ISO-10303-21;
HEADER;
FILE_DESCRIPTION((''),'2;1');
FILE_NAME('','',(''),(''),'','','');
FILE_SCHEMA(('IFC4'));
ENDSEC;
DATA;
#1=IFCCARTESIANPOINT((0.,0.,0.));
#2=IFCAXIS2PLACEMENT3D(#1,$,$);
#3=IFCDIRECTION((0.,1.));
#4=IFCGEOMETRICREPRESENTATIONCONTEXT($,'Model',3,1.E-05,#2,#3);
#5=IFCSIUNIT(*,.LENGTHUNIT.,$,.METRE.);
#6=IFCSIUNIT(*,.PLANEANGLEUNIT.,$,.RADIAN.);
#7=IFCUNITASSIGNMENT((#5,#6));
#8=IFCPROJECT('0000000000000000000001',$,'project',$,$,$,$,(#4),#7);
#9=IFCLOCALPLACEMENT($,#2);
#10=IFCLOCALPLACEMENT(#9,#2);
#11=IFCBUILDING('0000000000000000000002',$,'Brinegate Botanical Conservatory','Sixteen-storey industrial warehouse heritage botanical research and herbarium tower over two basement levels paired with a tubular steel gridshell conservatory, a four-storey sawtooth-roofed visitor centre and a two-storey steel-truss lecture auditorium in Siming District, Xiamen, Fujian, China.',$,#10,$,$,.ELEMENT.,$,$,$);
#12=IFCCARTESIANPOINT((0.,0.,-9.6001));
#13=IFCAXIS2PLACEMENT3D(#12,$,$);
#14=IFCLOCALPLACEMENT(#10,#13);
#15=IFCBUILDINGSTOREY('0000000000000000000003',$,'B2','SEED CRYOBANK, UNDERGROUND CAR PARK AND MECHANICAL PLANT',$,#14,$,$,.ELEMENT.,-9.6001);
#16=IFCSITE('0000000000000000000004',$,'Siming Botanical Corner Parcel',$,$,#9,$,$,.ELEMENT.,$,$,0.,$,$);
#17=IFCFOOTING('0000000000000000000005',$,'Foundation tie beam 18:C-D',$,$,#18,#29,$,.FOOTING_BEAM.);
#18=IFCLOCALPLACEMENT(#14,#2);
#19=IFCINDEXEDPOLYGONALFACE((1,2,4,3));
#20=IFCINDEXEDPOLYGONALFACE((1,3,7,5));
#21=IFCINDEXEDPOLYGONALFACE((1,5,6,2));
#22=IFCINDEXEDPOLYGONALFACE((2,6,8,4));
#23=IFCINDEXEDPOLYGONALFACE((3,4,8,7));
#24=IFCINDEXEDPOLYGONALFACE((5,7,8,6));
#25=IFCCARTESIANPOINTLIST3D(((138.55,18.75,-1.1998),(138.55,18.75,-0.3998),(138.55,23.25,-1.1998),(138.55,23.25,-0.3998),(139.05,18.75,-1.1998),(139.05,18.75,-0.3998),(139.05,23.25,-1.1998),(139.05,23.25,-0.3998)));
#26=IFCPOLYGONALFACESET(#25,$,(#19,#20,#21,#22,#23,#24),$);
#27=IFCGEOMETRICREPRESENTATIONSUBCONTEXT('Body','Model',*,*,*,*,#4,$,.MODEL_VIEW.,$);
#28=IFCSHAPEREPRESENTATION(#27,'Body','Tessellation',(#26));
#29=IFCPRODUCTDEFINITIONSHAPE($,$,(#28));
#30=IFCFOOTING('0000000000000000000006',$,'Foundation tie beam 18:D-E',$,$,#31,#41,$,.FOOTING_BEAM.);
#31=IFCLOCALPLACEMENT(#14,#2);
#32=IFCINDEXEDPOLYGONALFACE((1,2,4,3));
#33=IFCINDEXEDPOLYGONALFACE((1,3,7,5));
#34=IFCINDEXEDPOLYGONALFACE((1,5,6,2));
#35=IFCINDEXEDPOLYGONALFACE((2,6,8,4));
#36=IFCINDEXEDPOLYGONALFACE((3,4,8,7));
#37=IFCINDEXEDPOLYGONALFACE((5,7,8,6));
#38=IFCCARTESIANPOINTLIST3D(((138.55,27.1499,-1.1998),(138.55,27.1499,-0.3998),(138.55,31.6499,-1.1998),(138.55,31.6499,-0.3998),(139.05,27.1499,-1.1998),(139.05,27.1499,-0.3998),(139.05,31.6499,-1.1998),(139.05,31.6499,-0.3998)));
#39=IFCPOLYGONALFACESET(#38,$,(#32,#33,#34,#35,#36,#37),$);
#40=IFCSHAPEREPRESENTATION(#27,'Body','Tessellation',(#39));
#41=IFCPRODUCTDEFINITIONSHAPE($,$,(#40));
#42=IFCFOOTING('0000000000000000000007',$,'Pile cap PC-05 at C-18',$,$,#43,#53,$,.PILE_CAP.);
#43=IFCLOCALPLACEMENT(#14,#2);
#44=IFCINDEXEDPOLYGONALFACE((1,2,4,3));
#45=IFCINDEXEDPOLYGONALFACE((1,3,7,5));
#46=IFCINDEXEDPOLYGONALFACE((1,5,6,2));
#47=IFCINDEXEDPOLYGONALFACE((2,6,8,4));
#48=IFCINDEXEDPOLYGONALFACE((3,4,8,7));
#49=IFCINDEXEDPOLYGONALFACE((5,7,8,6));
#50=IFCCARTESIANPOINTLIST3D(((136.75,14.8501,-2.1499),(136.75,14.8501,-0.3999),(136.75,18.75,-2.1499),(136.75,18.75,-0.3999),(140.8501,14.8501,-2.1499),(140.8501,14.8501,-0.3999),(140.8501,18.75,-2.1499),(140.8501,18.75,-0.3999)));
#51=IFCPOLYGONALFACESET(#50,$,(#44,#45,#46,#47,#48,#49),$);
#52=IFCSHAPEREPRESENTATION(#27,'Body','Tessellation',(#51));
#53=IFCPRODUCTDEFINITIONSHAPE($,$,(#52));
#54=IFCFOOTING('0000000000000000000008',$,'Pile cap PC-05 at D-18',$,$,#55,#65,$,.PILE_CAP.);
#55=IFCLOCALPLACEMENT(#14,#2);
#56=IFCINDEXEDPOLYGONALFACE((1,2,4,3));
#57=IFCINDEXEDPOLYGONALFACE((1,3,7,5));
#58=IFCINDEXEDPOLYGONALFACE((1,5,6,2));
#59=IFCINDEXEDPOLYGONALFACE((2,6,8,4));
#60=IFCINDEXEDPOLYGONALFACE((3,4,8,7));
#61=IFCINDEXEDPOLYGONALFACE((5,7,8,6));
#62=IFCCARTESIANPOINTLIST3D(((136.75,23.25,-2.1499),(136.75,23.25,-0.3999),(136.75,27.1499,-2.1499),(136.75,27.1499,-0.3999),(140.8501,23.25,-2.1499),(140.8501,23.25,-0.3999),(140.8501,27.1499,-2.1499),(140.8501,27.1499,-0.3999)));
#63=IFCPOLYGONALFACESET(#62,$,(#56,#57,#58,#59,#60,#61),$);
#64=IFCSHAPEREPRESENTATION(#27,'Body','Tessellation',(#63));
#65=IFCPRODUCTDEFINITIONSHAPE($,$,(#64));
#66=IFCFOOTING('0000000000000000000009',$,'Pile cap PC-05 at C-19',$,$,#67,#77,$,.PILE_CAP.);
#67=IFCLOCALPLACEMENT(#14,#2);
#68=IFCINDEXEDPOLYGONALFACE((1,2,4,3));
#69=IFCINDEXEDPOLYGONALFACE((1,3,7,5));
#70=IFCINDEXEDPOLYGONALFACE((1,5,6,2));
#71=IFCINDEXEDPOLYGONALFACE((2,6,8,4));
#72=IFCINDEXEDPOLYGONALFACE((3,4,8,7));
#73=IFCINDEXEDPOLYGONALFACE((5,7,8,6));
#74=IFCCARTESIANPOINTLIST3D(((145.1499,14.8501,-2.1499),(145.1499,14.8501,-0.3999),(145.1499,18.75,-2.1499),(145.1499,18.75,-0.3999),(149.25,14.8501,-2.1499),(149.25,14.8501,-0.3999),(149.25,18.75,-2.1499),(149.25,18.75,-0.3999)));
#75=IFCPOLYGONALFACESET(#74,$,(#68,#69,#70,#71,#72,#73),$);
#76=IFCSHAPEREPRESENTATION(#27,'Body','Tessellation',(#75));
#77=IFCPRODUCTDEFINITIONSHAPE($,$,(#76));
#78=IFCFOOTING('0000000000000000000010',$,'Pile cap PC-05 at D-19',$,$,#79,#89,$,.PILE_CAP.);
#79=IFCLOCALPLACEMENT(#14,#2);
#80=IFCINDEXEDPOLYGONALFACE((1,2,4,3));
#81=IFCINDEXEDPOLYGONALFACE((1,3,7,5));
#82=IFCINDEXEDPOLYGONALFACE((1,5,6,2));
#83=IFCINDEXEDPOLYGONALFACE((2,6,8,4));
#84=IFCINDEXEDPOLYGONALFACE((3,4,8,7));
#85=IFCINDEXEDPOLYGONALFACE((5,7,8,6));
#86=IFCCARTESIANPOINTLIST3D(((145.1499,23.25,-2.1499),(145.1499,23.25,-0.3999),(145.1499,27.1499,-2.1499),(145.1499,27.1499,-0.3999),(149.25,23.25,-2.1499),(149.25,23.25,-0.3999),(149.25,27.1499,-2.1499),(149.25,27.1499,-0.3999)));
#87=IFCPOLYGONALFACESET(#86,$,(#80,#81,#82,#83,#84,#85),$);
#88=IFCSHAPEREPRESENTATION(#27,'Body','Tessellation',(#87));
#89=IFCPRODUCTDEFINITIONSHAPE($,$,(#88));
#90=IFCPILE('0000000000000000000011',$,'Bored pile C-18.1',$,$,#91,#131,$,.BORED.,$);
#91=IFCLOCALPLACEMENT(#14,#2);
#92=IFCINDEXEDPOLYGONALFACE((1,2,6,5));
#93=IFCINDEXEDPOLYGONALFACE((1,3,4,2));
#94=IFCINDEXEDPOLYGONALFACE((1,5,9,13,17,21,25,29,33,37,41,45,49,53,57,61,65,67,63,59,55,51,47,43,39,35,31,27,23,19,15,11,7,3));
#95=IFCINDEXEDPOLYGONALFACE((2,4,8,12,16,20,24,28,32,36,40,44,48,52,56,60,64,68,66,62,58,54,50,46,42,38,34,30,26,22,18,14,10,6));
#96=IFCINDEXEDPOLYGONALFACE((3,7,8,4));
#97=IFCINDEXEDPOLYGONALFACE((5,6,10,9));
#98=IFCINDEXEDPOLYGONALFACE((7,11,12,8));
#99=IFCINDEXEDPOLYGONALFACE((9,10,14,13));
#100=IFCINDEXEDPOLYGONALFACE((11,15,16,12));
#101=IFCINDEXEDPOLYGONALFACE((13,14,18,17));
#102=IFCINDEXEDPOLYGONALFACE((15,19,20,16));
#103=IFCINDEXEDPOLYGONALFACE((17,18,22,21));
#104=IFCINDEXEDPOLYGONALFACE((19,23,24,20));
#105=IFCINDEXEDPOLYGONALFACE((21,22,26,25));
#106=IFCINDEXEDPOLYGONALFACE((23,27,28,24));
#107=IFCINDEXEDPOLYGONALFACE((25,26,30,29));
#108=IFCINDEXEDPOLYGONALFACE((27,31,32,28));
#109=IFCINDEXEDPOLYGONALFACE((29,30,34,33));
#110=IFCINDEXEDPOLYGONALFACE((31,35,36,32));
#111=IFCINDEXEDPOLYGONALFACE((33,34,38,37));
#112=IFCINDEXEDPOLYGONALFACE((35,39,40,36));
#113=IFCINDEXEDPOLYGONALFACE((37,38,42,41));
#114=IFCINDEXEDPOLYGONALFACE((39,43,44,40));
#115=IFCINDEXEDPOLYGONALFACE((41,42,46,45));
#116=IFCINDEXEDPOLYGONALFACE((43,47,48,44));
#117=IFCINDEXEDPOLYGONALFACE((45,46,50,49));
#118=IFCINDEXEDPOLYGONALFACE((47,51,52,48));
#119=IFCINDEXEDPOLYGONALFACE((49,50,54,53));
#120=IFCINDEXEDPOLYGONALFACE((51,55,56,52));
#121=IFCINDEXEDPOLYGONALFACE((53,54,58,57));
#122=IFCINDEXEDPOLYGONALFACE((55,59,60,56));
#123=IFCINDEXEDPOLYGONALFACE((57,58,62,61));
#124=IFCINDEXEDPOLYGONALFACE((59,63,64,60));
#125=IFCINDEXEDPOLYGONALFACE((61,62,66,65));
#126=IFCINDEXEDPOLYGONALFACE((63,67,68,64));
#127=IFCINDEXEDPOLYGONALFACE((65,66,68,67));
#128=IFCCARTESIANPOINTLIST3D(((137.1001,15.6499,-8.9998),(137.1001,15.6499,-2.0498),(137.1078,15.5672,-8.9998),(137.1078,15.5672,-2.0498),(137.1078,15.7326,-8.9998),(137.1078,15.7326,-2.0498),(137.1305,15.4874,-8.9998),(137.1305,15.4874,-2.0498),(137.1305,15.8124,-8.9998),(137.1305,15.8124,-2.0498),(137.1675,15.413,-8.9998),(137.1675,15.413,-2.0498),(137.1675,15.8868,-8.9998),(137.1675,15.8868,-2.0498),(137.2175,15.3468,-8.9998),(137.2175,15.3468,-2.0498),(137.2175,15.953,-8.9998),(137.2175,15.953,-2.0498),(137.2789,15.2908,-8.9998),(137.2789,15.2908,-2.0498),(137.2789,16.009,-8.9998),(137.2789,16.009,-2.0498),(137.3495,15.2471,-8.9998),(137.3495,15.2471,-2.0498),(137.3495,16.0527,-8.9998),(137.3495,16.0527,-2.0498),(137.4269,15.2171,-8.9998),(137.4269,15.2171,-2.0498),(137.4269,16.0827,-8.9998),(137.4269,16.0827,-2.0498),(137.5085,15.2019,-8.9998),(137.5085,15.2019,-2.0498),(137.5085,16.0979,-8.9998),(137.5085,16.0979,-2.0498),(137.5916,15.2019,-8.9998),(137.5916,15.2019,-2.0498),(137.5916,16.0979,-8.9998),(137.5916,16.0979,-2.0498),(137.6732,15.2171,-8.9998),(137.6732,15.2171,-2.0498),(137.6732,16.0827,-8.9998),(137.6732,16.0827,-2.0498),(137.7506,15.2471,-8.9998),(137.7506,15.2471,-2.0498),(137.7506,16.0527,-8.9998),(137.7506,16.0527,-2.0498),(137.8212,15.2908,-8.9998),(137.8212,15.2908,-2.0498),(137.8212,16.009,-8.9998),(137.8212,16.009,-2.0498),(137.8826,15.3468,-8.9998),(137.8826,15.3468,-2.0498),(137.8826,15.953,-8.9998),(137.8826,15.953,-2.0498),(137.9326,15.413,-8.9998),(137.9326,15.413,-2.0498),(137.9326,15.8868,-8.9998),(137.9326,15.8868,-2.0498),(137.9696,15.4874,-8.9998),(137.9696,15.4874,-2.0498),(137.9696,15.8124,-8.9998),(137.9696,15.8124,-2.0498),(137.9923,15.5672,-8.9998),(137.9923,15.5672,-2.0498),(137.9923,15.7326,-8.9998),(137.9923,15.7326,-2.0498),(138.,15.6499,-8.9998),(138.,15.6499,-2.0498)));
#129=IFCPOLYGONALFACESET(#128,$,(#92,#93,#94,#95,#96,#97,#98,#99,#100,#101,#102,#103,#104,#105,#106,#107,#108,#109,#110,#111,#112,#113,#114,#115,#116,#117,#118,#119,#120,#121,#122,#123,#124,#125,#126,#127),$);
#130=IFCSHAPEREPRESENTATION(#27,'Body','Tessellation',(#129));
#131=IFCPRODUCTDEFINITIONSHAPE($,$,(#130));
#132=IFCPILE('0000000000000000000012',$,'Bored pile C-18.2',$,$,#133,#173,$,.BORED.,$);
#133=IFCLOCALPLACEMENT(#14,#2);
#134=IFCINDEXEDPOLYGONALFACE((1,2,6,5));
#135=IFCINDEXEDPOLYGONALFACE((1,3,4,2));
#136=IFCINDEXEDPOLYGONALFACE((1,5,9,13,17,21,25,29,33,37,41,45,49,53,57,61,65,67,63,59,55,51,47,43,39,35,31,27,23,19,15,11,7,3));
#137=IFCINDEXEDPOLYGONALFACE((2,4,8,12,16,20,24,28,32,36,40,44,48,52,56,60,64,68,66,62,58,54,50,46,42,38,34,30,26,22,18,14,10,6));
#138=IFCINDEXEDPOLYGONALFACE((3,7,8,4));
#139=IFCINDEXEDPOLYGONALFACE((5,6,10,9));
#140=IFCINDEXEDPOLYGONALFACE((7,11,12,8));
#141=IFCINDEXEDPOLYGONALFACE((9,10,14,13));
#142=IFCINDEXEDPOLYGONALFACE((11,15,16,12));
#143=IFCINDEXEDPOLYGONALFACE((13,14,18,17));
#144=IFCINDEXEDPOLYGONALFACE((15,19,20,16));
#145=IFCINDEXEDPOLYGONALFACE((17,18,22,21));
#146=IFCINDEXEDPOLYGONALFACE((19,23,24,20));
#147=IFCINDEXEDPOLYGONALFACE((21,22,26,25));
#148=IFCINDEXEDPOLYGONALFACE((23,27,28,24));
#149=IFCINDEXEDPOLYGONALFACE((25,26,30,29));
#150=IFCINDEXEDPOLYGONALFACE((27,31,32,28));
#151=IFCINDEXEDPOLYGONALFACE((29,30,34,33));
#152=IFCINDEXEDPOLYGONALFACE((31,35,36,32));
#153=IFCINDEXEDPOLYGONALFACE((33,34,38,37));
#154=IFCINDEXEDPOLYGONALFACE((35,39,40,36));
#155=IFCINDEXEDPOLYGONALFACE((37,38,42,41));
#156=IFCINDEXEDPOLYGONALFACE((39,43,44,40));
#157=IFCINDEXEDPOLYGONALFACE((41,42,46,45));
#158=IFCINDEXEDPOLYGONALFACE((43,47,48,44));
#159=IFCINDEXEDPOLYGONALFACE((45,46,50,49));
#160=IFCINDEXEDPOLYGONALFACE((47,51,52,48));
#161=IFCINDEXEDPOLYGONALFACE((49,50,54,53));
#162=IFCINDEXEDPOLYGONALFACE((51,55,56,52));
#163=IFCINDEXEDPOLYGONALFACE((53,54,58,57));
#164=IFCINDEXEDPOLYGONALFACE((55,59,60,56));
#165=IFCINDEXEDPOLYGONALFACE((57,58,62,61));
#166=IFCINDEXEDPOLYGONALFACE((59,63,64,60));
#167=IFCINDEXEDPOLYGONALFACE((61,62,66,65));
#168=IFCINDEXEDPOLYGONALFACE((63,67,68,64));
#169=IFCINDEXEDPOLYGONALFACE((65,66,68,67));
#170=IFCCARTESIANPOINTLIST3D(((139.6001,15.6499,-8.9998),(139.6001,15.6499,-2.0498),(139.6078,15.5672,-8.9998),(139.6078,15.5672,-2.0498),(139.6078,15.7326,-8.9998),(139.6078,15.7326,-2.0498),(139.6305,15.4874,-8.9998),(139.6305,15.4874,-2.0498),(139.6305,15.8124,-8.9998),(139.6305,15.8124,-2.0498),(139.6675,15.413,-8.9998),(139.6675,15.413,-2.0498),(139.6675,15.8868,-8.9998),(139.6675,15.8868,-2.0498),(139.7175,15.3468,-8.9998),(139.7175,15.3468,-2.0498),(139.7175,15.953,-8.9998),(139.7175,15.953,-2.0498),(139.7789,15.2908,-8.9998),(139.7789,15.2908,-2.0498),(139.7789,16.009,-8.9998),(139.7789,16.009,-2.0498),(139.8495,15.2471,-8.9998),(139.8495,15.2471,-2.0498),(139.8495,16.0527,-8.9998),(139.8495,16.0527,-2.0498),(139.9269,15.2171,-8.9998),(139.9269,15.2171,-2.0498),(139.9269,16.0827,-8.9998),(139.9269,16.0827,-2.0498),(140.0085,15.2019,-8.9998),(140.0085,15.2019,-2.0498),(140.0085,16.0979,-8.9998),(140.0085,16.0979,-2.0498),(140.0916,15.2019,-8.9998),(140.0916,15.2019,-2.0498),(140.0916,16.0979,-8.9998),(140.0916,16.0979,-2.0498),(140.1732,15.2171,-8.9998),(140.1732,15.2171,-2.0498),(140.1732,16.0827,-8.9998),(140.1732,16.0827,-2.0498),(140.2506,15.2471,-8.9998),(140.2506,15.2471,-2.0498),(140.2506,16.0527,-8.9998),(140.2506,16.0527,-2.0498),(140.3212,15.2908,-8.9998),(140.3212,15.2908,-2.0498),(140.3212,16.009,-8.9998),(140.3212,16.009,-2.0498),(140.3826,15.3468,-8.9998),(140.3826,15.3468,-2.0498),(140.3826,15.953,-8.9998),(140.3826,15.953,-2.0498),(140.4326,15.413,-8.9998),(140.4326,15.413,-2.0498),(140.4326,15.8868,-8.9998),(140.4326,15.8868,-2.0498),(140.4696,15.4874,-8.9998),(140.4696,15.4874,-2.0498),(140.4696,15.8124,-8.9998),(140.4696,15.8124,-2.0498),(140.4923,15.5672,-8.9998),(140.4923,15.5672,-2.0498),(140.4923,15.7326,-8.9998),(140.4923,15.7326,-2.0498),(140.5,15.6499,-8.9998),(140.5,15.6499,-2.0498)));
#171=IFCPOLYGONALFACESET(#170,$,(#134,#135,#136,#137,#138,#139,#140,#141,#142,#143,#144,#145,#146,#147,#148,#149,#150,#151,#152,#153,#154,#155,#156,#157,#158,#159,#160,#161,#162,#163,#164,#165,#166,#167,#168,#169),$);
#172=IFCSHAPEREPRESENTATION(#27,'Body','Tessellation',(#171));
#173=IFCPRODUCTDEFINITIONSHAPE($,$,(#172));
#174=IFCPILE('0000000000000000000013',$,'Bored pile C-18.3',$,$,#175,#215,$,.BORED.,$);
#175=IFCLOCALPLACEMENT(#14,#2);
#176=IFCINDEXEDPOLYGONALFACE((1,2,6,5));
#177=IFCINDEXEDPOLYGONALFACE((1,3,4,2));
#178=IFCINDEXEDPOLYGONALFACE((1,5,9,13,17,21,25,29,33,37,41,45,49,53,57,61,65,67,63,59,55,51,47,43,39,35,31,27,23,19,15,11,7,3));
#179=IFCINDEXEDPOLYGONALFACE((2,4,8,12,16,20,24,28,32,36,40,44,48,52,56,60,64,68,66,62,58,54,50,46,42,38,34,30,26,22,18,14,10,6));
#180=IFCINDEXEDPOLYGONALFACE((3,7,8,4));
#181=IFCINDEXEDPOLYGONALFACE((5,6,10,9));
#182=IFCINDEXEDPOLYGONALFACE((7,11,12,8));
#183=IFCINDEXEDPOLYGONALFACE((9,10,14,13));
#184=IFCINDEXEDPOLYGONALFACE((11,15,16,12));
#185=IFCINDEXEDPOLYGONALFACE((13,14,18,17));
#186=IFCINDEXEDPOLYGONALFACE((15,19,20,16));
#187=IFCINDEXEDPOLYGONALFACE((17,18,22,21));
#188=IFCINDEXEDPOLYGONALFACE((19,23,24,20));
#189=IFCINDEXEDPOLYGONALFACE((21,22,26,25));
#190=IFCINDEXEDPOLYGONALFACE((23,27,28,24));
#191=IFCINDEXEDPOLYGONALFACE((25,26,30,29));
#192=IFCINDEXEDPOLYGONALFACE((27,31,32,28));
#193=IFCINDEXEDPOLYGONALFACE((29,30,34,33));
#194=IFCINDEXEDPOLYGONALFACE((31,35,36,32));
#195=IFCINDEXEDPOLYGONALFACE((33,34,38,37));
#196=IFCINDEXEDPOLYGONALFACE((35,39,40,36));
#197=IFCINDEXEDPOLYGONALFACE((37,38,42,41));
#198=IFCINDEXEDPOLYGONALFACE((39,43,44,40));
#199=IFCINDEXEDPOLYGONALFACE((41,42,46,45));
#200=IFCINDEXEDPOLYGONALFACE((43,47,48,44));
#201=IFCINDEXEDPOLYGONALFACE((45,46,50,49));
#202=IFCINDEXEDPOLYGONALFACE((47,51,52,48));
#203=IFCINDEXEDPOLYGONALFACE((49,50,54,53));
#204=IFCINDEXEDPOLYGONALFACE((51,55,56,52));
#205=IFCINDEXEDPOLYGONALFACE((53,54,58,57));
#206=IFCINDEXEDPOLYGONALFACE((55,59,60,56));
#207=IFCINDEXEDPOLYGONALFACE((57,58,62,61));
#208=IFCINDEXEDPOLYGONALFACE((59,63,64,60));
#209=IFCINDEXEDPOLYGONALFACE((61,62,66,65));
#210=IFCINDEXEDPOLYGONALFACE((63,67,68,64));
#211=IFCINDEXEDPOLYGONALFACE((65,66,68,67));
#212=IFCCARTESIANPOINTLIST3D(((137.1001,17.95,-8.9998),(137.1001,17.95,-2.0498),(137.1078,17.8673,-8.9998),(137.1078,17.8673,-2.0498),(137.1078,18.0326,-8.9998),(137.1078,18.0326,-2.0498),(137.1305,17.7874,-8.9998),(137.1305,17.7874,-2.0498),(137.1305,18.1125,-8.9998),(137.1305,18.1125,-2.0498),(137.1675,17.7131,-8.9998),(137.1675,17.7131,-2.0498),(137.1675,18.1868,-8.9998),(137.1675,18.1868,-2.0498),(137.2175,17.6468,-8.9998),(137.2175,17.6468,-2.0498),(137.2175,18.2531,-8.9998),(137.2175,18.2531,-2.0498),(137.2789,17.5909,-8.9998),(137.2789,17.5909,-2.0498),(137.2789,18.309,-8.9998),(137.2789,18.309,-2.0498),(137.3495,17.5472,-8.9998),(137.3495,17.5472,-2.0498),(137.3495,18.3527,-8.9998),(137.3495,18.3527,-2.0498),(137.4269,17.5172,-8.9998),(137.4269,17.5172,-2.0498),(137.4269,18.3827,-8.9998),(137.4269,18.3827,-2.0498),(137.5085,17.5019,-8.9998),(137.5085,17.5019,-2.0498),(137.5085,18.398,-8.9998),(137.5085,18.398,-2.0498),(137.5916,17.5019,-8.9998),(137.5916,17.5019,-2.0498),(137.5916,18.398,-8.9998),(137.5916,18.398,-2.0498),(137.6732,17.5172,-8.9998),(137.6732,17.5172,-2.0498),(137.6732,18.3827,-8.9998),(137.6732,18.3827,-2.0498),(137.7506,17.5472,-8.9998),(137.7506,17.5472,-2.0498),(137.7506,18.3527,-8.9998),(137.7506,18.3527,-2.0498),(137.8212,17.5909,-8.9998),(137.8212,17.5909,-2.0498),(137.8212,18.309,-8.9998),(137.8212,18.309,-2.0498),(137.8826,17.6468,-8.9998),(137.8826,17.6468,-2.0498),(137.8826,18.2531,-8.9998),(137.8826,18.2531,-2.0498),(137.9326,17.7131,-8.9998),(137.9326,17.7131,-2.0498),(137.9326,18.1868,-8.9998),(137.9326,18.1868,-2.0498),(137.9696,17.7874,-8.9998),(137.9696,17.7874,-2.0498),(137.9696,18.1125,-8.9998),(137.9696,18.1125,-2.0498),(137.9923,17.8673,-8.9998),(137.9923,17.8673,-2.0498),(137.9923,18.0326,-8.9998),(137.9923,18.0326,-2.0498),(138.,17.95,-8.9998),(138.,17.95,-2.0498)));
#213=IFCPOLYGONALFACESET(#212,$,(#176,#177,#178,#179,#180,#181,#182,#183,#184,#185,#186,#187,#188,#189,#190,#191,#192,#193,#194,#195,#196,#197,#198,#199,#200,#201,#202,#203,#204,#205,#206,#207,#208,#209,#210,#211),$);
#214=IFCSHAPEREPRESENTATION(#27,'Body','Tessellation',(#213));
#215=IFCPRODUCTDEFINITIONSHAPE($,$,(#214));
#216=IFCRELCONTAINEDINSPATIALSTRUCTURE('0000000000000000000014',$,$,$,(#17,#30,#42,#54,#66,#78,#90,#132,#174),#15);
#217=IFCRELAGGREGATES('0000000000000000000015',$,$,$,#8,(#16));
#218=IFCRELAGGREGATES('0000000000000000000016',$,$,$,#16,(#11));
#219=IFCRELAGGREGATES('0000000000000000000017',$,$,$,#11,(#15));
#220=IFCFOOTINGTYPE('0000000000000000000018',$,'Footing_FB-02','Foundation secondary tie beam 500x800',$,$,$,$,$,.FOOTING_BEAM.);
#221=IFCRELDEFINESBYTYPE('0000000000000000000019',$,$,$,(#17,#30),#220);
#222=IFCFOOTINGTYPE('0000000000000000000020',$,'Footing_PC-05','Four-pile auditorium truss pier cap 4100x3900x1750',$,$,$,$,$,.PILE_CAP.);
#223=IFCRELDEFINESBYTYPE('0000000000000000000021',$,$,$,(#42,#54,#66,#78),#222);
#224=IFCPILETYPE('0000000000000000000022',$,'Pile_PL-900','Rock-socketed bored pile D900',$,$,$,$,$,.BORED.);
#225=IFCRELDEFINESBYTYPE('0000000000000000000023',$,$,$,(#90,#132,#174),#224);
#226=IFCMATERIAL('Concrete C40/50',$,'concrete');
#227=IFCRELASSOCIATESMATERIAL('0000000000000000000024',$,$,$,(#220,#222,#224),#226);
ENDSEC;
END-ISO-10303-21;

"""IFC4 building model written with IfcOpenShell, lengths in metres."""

from ifc_helpers import new_model, si_unit, direction, frame, origin, origin_2d, place, context, subcontext, project, spatial, rectangle, circle, extrude, material, material_profile, profile_set, type_object, element, save


model = new_model("IFC4")

# Units and contexts
model_context = context("Model", 3, precision=1e-05, world=origin(), true_north=direction((0.0, 1.0)))
body_context = subcontext(model_context, "Body", "Model", "MODEL_VIEW")
ifc_project = project(units=[si_unit("LENGTHUNIT", "METRE"), si_unit("PLANEANGLEUNIT", "RADIAN")], contexts=[model_context])

# Site, building, storey
site_placement = place(None, origin())
site = spatial("IfcSite", under=ifc_project, at=site_placement, Name="Siming Botanical Corner Parcel", CompositionType="ELEMENT", RefElevation=0.0)
building_placement = place(site_placement, origin())
building = spatial("IfcBuilding", under=site, at=building_placement, Name="Brinegate Botanical Conservatory", Description="Sixteen-storey industrial warehouse heritage botanical research and herbarium tower over two basement levels paired with a tubular steel gridshell conservatory, a four-storey sawtooth-roofed visitor centre and a two-storey steel-truss lecture auditorium in Siming District, Xiamen, Fujian, China.", CompositionType="ELEMENT")
storey_placement = place(building_placement, frame((0.0, 0.0, -9.6001)))
storey = spatial("IfcBuildingStorey", under=building, at=storey_placement, Name="B2", Description="SEED CRYOBANK, UNDERGROUND CAR PARK AND MECHANICAL PLANT", CompositionType="ELEMENT", Elevation=-9.6001)

# Footings
ifc_material_1 = material(Name="Concrete C40/50", Category="concrete")
ifc_material_profile_1 = material_profile(ifc_material_1, rectangle(XDim=0.5, YDim=0.8, at=origin_2d()), Name="RC GB 500x800")
ifc_profile_set_1 = profile_set([ifc_material_profile_1], Name="Concrete C40/50")
footing_type_1 = type_object("IfcFootingType", Name="Footing_FB-02", Description="Foundation secondary tie beam 500x800", PredefinedType="FOOTING_BEAM", material=ifc_profile_set_1)
for number, where, z_axis, x_axis, name in (
    (1, (138.8, 18.75, -0.7998), (0.0, 1.0, 0.0), (-1.0, 0.0, 0.0), "Foundation tie beam 18:C-D"),
    (2, (138.8, 27.1499, -0.7998), (0.0, 1.0, 0.0), (-1.0, 0.0, 0.0), "Foundation tie beam 18:D-E"),
):
    element("IfcFooting", number, at=place(storey_placement, frame(where, z_axis=z_axis, x_axis=x_axis)), inside=storey, type_object=footing_type_1, Name=name, PredefinedType="FOOTING_BEAM", context=body_context, shape_type="SweptSolid", body=[
        extrude(rectangle(XDim=0.5, YDim=0.8, at=origin_2d()), origin(), (0.0, 0.0, 1.0), 4.5),
    ])
footing_type_2 = type_object("IfcFootingType", Name="Footing_PC-05", Description="Four-pile auditorium truss pier cap 4100x3900x1750", PredefinedType="PILE_CAP", material=ifc_material_1)
for number, where, z_axis, x_axis, name in (
    (3, (138.8, 16.8, -2.1499), (0.0, 0.0, 1.0), (1.0, 0.0, 0.0), "Pile cap PC-05 at C-18"),
    (4, (138.8, 25.2, -2.1499), (0.0, 0.0, 1.0), (1.0, 0.0, 0.0), "Pile cap PC-05 at D-18"),
    (5, (147.2, 16.8, -2.1499), (0.0, 0.0, 1.0), (1.0, 0.0, 0.0), "Pile cap PC-05 at C-19"),
    (6, (147.2, 25.2, -2.1499), (0.0, 0.0, 1.0), (1.0, 0.0, 0.0), "Pile cap PC-05 at D-19"),
):
    element("IfcFooting", number, at=place(storey_placement, frame(where, z_axis=z_axis, x_axis=x_axis)), inside=storey, type_object=footing_type_2, Name=name, PredefinedType="PILE_CAP", context=body_context, shape_type="SweptSolid", body=[
        extrude(rectangle(XDim=4.1001, YDim=3.8999, at=origin_2d()), origin(), (0.0, 0.0, 1.0), 1.75),
    ])

# Piles
ifc_material_profile_2 = material_profile(ifc_material_1, circle(Radius=0.45, at=origin_2d()), Name="PILE D900")
ifc_profile_set_2 = profile_set([ifc_material_profile_2], Name="Concrete C40/50")
pile_type = type_object("IfcPileType", Name="Pile_PL-900", Description="Rock-socketed bored pile D900", PredefinedType="BORED", material=ifc_profile_set_2)
for number, where, z_axis, x_axis, name in (
    (7, (137.55, 15.6499, -2.0498), (0.0, 0.0, -1.0), (1.0, 0.0, 0.0), "Bored pile C-18.1"),
    (8, (140.05, 15.6499, -2.0498), (0.0, 0.0, -1.0), (1.0, 0.0, 0.0), "Bored pile C-18.2"),
    (9, (137.55, 17.95, -2.0498), (0.0, 0.0, -1.0), (1.0, 0.0, 0.0), "Bored pile C-18.3"),
):
    element("IfcPile", number, at=place(storey_placement, frame(where, z_axis=z_axis, x_axis=x_axis)), inside=storey, type_object=pile_type, Name=name, PredefinedType="BORED", context=body_context, shape_type="SweptSolid", body=[
        extrude(circle(Radius=0.45, at=origin_2d()), origin(), (0.0, 0.0, 1.0), 6.95),
    ])

save(model, "model.ifc")
